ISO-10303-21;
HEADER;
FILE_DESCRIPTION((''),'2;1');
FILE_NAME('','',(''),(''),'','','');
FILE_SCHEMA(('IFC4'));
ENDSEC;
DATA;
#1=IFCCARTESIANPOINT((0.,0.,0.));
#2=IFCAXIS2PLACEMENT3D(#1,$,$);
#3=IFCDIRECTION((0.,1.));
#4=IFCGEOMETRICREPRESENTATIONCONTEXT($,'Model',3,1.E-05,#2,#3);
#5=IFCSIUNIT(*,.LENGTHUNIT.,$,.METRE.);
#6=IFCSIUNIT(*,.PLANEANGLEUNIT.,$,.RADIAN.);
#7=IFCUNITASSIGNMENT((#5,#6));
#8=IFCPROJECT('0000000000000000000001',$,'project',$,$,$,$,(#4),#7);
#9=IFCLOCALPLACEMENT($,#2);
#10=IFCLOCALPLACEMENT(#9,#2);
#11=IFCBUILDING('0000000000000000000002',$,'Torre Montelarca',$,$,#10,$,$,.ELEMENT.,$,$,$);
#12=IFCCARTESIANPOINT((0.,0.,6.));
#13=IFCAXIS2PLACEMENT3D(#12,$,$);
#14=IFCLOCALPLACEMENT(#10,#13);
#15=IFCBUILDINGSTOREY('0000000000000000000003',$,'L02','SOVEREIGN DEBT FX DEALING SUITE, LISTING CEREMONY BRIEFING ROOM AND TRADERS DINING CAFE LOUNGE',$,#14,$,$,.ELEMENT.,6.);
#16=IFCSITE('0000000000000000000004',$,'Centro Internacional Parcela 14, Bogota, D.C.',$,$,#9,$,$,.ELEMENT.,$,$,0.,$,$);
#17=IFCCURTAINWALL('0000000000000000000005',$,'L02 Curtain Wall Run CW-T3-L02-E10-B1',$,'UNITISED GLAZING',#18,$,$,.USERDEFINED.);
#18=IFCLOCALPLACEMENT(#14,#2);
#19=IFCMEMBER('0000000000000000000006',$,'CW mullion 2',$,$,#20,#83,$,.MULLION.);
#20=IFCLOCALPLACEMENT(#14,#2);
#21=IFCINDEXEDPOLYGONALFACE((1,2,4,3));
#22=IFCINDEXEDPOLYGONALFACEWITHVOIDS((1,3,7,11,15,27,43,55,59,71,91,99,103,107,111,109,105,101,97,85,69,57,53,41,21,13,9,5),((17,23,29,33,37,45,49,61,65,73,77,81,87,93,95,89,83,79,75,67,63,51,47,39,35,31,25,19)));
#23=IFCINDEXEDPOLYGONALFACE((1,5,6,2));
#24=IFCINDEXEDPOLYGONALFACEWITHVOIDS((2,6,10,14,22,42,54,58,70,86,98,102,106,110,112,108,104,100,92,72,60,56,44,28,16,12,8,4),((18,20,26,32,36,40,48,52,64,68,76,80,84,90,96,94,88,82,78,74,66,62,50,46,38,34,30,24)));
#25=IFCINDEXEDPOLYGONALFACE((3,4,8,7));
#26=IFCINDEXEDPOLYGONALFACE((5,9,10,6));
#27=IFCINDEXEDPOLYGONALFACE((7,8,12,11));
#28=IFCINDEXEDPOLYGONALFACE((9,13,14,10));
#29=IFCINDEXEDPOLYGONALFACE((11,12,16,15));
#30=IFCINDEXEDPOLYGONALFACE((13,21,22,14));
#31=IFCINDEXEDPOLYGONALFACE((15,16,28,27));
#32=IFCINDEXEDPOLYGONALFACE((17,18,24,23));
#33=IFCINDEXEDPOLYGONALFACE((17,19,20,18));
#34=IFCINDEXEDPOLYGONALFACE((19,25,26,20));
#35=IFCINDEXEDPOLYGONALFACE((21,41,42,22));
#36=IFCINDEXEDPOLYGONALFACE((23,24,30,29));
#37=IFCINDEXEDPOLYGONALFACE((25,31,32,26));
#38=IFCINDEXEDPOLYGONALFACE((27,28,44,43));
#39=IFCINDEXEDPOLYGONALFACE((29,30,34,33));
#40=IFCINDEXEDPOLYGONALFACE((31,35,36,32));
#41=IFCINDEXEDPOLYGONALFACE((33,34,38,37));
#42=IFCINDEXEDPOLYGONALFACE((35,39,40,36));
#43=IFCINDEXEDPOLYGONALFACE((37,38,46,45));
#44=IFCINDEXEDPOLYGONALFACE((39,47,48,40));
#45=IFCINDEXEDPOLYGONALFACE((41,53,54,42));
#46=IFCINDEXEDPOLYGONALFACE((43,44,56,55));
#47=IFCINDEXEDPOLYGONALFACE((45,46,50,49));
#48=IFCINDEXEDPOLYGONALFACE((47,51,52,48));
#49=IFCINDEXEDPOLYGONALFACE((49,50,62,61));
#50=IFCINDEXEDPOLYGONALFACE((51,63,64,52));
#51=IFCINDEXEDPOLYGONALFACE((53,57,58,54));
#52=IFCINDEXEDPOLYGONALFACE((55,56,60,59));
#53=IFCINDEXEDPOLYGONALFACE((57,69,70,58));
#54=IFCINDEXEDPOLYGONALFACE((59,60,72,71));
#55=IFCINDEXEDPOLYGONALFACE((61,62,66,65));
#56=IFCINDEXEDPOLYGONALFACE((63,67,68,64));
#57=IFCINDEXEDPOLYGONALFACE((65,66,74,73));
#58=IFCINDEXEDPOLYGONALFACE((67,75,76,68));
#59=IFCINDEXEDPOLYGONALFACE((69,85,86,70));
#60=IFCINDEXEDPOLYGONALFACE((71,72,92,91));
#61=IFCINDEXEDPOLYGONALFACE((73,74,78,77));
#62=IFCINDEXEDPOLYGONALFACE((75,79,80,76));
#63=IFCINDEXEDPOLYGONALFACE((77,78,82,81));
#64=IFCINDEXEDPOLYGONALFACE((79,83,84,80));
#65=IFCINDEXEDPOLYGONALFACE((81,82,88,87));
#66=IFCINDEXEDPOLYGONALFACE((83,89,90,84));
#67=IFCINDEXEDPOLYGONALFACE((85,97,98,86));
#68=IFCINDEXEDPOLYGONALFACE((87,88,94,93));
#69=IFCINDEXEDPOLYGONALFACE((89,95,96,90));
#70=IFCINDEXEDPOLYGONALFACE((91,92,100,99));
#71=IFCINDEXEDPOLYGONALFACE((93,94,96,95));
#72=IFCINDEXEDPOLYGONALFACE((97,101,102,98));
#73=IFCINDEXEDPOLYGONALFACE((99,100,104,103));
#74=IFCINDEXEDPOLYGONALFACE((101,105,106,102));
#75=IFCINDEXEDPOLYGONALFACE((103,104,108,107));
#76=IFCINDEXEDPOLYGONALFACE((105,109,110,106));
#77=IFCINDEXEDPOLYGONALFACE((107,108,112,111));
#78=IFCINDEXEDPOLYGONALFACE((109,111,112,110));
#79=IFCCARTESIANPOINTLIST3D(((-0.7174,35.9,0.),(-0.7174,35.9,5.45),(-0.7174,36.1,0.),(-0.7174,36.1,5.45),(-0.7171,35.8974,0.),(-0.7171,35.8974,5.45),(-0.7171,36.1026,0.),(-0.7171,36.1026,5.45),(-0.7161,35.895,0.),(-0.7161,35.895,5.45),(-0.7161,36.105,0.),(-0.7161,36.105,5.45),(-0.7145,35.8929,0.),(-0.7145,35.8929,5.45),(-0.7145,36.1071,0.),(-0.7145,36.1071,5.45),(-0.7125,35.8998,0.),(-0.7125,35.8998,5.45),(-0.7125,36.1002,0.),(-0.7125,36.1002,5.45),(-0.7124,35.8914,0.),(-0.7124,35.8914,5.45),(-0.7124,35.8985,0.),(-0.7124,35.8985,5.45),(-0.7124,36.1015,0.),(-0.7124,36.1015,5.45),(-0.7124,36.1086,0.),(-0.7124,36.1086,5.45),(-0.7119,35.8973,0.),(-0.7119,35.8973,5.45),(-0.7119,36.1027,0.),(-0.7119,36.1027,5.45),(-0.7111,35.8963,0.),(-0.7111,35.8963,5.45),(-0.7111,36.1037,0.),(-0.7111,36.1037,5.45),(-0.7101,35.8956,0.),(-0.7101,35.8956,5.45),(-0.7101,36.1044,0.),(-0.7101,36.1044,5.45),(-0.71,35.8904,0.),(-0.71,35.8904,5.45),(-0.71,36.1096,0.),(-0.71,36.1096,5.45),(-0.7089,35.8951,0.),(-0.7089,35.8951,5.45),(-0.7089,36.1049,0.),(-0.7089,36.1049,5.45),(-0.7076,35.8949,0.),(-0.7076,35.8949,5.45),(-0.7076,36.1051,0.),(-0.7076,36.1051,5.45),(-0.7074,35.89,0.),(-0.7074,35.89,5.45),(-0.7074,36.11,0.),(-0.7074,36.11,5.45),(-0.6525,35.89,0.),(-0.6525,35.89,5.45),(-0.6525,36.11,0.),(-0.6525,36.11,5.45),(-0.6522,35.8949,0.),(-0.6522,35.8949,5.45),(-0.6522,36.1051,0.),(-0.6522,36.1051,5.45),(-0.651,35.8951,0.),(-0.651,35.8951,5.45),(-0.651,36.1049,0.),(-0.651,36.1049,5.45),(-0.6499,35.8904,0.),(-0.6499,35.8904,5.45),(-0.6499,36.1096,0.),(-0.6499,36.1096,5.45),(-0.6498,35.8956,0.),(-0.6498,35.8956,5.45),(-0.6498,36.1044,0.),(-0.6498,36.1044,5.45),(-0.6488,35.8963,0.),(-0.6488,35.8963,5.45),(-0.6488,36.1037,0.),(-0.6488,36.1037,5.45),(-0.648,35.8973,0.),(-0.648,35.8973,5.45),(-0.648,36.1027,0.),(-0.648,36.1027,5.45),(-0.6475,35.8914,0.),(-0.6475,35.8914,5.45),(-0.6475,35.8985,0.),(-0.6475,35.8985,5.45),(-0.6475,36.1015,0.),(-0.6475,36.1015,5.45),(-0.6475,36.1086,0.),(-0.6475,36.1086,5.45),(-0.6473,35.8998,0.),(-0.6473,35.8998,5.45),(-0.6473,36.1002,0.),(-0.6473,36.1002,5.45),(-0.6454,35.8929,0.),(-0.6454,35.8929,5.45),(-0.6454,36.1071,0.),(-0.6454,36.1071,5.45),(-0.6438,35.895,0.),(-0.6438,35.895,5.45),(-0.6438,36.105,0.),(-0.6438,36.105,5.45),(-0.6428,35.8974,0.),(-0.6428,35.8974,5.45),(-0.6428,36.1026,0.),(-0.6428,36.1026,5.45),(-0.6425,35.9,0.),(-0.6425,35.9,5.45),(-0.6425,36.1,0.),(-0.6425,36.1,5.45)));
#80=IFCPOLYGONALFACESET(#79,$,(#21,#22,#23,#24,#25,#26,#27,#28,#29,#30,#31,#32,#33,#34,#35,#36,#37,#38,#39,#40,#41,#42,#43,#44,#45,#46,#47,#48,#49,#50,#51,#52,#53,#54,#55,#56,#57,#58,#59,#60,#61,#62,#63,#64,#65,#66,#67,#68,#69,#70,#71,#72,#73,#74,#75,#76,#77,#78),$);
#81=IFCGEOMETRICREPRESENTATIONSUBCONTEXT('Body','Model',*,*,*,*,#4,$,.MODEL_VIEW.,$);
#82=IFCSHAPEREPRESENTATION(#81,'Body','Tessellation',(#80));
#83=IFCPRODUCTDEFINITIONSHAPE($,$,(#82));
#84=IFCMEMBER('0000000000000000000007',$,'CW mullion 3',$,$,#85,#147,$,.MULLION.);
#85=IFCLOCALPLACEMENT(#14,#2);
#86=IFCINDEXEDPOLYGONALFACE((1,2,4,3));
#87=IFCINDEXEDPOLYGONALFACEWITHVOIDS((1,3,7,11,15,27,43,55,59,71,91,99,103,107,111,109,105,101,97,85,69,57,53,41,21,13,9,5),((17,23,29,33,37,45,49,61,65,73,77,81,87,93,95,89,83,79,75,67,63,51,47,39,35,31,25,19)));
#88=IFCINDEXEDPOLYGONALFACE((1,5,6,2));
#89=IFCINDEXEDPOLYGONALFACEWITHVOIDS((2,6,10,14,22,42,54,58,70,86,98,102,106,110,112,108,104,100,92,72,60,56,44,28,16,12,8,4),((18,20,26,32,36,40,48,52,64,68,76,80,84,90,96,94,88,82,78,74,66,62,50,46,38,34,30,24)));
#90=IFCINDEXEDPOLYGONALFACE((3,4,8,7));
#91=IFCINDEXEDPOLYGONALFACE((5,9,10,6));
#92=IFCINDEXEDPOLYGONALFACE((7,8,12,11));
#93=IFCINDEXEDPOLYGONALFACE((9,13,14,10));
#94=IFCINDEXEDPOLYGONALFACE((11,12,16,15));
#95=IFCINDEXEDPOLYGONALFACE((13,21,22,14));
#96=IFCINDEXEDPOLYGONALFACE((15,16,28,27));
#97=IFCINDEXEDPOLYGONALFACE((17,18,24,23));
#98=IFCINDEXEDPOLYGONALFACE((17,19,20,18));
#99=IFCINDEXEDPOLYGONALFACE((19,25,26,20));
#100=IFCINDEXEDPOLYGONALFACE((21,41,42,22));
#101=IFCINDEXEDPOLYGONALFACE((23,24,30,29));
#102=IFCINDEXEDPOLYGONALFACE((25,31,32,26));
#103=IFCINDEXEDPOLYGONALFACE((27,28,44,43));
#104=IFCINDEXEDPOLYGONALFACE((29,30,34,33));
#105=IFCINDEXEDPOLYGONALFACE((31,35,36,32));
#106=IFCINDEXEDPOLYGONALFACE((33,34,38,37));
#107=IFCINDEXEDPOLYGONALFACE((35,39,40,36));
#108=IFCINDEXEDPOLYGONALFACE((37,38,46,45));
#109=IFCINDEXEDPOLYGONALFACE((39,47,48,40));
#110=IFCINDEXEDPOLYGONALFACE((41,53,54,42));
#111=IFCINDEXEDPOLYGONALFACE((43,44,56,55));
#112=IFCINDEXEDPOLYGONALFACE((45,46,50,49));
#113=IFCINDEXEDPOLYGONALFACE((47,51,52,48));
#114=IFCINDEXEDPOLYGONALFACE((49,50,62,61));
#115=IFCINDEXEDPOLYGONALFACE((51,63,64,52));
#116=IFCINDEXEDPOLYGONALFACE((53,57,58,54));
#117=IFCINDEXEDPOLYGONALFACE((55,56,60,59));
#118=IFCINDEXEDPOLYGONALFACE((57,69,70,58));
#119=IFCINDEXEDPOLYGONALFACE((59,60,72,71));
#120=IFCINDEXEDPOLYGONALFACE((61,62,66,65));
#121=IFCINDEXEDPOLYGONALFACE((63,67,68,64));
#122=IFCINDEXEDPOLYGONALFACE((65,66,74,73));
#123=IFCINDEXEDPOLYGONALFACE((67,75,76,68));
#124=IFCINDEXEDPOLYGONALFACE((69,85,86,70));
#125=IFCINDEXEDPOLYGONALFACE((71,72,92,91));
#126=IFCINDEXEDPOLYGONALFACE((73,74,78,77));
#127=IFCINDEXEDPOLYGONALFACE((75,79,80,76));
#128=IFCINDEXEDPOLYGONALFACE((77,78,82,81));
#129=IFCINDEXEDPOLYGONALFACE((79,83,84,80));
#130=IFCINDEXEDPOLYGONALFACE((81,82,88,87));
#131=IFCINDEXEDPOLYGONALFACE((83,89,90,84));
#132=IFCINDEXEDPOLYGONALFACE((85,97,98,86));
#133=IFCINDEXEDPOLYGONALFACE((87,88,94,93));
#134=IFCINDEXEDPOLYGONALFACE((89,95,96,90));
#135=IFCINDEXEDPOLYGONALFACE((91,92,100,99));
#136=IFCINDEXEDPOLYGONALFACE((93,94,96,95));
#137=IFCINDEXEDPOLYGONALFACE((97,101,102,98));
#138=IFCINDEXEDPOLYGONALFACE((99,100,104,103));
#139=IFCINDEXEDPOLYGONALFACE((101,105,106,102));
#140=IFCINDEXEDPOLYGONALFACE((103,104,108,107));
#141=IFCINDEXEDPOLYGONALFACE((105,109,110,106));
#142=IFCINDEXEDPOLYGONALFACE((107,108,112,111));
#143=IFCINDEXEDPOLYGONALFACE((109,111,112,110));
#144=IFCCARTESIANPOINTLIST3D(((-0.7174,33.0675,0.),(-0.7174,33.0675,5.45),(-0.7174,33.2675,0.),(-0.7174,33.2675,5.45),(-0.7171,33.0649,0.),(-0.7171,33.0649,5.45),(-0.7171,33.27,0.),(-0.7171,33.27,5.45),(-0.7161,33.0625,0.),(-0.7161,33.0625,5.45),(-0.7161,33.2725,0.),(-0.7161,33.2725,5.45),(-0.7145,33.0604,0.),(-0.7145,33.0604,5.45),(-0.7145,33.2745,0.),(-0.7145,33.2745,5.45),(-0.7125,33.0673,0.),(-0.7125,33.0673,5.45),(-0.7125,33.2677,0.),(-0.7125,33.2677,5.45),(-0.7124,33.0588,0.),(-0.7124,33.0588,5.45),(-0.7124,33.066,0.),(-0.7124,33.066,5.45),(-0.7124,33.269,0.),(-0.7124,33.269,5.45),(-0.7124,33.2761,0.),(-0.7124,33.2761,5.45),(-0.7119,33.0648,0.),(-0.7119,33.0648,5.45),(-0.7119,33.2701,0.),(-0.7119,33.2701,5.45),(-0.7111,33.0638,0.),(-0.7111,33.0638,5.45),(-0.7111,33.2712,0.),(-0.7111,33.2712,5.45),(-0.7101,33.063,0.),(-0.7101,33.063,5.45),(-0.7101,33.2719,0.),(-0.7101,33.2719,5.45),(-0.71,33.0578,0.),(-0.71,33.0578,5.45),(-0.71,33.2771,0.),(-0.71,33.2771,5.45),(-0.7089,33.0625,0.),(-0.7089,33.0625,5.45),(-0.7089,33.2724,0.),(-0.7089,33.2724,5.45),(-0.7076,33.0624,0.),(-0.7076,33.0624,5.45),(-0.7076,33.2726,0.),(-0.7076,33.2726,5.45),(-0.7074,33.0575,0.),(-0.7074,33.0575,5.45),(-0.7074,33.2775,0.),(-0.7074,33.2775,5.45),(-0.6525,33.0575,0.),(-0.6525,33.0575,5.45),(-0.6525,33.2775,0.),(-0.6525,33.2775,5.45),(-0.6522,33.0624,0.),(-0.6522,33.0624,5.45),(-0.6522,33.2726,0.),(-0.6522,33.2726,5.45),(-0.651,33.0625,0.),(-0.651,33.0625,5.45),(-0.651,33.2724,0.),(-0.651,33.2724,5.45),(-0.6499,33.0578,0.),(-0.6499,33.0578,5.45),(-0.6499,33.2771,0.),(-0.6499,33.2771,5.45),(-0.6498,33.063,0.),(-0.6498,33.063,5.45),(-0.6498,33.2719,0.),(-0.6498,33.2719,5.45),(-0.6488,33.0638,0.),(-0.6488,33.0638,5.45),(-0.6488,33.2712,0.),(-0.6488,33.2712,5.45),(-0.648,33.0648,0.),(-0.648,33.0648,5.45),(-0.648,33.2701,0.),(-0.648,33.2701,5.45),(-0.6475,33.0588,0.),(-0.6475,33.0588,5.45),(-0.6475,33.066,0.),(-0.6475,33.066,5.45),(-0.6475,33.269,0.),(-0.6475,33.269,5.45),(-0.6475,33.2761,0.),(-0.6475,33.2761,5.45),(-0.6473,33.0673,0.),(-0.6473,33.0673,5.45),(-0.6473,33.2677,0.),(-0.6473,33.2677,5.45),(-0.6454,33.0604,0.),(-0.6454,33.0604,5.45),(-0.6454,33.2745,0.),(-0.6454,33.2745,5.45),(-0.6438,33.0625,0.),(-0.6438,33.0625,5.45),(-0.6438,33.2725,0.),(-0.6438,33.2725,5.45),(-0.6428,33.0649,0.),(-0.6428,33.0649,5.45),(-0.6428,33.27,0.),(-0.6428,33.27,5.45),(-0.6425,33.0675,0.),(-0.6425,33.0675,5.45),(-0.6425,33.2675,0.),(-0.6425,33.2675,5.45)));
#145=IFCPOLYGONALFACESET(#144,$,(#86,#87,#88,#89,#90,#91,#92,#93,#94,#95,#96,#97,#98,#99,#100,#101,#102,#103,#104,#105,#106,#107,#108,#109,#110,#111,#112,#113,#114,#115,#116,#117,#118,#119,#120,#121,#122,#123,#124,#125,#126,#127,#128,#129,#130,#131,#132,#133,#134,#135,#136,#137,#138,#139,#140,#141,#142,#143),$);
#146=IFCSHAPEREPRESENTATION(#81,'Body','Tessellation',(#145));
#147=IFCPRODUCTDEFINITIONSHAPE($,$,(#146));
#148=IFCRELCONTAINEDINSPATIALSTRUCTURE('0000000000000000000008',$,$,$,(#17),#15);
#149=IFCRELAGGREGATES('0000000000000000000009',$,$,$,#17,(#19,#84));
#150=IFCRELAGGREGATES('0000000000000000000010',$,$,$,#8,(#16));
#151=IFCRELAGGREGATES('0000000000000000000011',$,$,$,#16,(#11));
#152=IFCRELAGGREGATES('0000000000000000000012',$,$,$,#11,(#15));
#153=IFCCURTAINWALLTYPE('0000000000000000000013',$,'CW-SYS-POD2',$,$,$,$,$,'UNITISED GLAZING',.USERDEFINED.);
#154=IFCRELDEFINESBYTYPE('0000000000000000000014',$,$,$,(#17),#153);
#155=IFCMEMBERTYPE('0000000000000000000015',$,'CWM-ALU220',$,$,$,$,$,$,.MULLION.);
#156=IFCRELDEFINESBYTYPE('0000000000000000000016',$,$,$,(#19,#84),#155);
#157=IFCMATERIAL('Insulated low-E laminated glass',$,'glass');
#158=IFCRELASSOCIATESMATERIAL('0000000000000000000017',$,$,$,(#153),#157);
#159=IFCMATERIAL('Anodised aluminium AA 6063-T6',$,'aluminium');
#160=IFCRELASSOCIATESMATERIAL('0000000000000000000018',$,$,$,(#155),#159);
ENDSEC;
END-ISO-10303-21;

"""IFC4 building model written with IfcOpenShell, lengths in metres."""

from ifc_helpers import new_model, si_unit, direction, frame, origin, origin_2d, place, context, subcontext, project, spatial, hollow_rectangle, extrude, source, transform, mapped, material, material_profile, profile_set, type_object, element, aggregate, save


model = new_model("IFC4")

# Units and contexts
model_context = context("Model", 3, precision=1e-05, world=origin(), true_north=direction((0.0, 1.0)))
body_context = subcontext(model_context, "Body", "Model", "MODEL_VIEW")
ifc_project = project(units=[si_unit("LENGTHUNIT", "METRE"), si_unit("PLANEANGLEUNIT", "RADIAN")], contexts=[model_context])

# Site, building, storey
site_placement = place(None, origin())
site = spatial("IfcSite", under=ifc_project, at=site_placement, Name="Centro Internacional Parcela 14, Bogota, D.C.", CompositionType="ELEMENT", RefElevation=0.0)
building_placement = place(site_placement, origin())
building = spatial("IfcBuilding", under=site, at=building_placement, Name="Torre Montelarca", CompositionType="ELEMENT")
storey_placement = place(building_placement, frame((0.0, 0.0, 6.0)))
storey = spatial("IfcBuildingStorey", under=building, at=storey_placement, Name="L02", Description="SOVEREIGN DEBT FX DEALING SUITE, LISTING CEREMONY BRIEFING ROOM AND TRADERS DINING CAFE LOUNGE", CompositionType="ELEMENT", Elevation=6.0)

# Curtain wall, members
ifc_material_1 = material(Name="Insulated low-E laminated glass", Category="glass")
curtain_wall_type = type_object("IfcCurtainWallType", Name="CW-SYS-POD2", ElementType="UNITISED GLAZING", PredefinedType="USERDEFINED", material=ifc_material_1)
curtain_wall_1_placement = place(storey_placement, origin())
curtain_wall_1 = element("IfcCurtainWall", 1, at=curtain_wall_1_placement, inside=storey, type_object=curtain_wall_type, Name="L02 Curtain Wall Run CW-T3-L02-E10-B1", ObjectType="UNITISED GLAZING", PredefinedType="USERDEFINED")
ifc_material_2 = material(Name="Anodised aluminium AA 6063-T6", Category="aluminium")
ifc_material_profile_1 = material_profile(ifc_material_2, hollow_rectangle(XDim=0.075, YDim=0.22, WallThickness=0.0049, InnerFilletRadius=0.0049, OuterFilletRadius=0.01, at=origin_2d()), Name="ALU75X220X5", Category="aluminium")
ifc_profile_set_1 = profile_set([ifc_material_profile_1], Name="Anodised aluminium AA 6063-T6")
member_type_1 = type_object("IfcMemberType", Name="CWM-ALU220", PredefinedType="MULLION", material=ifc_profile_set_1)
shared_shape_1 = source(origin(), body_context, "Body", "SweptSolid", [
    extrude(hollow_rectangle(XDim=0.075, YDim=0.22, WallThickness=0.0049, InnerFilletRadius=0.0049, OuterFilletRadius=0.01, at=origin_2d()), origin(), (0.0, 0.0, 1.0), 5.45),
])
member_1_placement = place(storey_placement, frame((-0.6799, 36.0, 0.0), z_axis=(0.0, 0.0, 1.0), x_axis=(1.0, 0.0, 0.0)))
member_1 = element("IfcMember", 2, at=member_1_placement, type_object=member_type_1, Name="CW mullion 2", PredefinedType="MULLION", context=body_context, shape_type="MappedRepresentation", body=[
    mapped(shared_shape_1, transform((0.0, 0.0, 0.0), scale=1.0)),
])
member_2_placement = place(storey_placement, frame((-0.6799, 33.1675, 0.0), z_axis=(0.0, 0.0, 1.0), x_axis=(1.0, 0.0, 0.0)))
member_2 = element("IfcMember", 3, at=member_2_placement, type_object=member_type_1, Name="CW mullion 3", PredefinedType="MULLION", context=body_context, shape_type="MappedRepresentation", body=[
    mapped(shared_shape_1, transform((0.0, 0.0, 0.0), scale=1.0)),
])

aggregate(curtain_wall_1, [member_1, member_2])

save(model, "model.ifc")
